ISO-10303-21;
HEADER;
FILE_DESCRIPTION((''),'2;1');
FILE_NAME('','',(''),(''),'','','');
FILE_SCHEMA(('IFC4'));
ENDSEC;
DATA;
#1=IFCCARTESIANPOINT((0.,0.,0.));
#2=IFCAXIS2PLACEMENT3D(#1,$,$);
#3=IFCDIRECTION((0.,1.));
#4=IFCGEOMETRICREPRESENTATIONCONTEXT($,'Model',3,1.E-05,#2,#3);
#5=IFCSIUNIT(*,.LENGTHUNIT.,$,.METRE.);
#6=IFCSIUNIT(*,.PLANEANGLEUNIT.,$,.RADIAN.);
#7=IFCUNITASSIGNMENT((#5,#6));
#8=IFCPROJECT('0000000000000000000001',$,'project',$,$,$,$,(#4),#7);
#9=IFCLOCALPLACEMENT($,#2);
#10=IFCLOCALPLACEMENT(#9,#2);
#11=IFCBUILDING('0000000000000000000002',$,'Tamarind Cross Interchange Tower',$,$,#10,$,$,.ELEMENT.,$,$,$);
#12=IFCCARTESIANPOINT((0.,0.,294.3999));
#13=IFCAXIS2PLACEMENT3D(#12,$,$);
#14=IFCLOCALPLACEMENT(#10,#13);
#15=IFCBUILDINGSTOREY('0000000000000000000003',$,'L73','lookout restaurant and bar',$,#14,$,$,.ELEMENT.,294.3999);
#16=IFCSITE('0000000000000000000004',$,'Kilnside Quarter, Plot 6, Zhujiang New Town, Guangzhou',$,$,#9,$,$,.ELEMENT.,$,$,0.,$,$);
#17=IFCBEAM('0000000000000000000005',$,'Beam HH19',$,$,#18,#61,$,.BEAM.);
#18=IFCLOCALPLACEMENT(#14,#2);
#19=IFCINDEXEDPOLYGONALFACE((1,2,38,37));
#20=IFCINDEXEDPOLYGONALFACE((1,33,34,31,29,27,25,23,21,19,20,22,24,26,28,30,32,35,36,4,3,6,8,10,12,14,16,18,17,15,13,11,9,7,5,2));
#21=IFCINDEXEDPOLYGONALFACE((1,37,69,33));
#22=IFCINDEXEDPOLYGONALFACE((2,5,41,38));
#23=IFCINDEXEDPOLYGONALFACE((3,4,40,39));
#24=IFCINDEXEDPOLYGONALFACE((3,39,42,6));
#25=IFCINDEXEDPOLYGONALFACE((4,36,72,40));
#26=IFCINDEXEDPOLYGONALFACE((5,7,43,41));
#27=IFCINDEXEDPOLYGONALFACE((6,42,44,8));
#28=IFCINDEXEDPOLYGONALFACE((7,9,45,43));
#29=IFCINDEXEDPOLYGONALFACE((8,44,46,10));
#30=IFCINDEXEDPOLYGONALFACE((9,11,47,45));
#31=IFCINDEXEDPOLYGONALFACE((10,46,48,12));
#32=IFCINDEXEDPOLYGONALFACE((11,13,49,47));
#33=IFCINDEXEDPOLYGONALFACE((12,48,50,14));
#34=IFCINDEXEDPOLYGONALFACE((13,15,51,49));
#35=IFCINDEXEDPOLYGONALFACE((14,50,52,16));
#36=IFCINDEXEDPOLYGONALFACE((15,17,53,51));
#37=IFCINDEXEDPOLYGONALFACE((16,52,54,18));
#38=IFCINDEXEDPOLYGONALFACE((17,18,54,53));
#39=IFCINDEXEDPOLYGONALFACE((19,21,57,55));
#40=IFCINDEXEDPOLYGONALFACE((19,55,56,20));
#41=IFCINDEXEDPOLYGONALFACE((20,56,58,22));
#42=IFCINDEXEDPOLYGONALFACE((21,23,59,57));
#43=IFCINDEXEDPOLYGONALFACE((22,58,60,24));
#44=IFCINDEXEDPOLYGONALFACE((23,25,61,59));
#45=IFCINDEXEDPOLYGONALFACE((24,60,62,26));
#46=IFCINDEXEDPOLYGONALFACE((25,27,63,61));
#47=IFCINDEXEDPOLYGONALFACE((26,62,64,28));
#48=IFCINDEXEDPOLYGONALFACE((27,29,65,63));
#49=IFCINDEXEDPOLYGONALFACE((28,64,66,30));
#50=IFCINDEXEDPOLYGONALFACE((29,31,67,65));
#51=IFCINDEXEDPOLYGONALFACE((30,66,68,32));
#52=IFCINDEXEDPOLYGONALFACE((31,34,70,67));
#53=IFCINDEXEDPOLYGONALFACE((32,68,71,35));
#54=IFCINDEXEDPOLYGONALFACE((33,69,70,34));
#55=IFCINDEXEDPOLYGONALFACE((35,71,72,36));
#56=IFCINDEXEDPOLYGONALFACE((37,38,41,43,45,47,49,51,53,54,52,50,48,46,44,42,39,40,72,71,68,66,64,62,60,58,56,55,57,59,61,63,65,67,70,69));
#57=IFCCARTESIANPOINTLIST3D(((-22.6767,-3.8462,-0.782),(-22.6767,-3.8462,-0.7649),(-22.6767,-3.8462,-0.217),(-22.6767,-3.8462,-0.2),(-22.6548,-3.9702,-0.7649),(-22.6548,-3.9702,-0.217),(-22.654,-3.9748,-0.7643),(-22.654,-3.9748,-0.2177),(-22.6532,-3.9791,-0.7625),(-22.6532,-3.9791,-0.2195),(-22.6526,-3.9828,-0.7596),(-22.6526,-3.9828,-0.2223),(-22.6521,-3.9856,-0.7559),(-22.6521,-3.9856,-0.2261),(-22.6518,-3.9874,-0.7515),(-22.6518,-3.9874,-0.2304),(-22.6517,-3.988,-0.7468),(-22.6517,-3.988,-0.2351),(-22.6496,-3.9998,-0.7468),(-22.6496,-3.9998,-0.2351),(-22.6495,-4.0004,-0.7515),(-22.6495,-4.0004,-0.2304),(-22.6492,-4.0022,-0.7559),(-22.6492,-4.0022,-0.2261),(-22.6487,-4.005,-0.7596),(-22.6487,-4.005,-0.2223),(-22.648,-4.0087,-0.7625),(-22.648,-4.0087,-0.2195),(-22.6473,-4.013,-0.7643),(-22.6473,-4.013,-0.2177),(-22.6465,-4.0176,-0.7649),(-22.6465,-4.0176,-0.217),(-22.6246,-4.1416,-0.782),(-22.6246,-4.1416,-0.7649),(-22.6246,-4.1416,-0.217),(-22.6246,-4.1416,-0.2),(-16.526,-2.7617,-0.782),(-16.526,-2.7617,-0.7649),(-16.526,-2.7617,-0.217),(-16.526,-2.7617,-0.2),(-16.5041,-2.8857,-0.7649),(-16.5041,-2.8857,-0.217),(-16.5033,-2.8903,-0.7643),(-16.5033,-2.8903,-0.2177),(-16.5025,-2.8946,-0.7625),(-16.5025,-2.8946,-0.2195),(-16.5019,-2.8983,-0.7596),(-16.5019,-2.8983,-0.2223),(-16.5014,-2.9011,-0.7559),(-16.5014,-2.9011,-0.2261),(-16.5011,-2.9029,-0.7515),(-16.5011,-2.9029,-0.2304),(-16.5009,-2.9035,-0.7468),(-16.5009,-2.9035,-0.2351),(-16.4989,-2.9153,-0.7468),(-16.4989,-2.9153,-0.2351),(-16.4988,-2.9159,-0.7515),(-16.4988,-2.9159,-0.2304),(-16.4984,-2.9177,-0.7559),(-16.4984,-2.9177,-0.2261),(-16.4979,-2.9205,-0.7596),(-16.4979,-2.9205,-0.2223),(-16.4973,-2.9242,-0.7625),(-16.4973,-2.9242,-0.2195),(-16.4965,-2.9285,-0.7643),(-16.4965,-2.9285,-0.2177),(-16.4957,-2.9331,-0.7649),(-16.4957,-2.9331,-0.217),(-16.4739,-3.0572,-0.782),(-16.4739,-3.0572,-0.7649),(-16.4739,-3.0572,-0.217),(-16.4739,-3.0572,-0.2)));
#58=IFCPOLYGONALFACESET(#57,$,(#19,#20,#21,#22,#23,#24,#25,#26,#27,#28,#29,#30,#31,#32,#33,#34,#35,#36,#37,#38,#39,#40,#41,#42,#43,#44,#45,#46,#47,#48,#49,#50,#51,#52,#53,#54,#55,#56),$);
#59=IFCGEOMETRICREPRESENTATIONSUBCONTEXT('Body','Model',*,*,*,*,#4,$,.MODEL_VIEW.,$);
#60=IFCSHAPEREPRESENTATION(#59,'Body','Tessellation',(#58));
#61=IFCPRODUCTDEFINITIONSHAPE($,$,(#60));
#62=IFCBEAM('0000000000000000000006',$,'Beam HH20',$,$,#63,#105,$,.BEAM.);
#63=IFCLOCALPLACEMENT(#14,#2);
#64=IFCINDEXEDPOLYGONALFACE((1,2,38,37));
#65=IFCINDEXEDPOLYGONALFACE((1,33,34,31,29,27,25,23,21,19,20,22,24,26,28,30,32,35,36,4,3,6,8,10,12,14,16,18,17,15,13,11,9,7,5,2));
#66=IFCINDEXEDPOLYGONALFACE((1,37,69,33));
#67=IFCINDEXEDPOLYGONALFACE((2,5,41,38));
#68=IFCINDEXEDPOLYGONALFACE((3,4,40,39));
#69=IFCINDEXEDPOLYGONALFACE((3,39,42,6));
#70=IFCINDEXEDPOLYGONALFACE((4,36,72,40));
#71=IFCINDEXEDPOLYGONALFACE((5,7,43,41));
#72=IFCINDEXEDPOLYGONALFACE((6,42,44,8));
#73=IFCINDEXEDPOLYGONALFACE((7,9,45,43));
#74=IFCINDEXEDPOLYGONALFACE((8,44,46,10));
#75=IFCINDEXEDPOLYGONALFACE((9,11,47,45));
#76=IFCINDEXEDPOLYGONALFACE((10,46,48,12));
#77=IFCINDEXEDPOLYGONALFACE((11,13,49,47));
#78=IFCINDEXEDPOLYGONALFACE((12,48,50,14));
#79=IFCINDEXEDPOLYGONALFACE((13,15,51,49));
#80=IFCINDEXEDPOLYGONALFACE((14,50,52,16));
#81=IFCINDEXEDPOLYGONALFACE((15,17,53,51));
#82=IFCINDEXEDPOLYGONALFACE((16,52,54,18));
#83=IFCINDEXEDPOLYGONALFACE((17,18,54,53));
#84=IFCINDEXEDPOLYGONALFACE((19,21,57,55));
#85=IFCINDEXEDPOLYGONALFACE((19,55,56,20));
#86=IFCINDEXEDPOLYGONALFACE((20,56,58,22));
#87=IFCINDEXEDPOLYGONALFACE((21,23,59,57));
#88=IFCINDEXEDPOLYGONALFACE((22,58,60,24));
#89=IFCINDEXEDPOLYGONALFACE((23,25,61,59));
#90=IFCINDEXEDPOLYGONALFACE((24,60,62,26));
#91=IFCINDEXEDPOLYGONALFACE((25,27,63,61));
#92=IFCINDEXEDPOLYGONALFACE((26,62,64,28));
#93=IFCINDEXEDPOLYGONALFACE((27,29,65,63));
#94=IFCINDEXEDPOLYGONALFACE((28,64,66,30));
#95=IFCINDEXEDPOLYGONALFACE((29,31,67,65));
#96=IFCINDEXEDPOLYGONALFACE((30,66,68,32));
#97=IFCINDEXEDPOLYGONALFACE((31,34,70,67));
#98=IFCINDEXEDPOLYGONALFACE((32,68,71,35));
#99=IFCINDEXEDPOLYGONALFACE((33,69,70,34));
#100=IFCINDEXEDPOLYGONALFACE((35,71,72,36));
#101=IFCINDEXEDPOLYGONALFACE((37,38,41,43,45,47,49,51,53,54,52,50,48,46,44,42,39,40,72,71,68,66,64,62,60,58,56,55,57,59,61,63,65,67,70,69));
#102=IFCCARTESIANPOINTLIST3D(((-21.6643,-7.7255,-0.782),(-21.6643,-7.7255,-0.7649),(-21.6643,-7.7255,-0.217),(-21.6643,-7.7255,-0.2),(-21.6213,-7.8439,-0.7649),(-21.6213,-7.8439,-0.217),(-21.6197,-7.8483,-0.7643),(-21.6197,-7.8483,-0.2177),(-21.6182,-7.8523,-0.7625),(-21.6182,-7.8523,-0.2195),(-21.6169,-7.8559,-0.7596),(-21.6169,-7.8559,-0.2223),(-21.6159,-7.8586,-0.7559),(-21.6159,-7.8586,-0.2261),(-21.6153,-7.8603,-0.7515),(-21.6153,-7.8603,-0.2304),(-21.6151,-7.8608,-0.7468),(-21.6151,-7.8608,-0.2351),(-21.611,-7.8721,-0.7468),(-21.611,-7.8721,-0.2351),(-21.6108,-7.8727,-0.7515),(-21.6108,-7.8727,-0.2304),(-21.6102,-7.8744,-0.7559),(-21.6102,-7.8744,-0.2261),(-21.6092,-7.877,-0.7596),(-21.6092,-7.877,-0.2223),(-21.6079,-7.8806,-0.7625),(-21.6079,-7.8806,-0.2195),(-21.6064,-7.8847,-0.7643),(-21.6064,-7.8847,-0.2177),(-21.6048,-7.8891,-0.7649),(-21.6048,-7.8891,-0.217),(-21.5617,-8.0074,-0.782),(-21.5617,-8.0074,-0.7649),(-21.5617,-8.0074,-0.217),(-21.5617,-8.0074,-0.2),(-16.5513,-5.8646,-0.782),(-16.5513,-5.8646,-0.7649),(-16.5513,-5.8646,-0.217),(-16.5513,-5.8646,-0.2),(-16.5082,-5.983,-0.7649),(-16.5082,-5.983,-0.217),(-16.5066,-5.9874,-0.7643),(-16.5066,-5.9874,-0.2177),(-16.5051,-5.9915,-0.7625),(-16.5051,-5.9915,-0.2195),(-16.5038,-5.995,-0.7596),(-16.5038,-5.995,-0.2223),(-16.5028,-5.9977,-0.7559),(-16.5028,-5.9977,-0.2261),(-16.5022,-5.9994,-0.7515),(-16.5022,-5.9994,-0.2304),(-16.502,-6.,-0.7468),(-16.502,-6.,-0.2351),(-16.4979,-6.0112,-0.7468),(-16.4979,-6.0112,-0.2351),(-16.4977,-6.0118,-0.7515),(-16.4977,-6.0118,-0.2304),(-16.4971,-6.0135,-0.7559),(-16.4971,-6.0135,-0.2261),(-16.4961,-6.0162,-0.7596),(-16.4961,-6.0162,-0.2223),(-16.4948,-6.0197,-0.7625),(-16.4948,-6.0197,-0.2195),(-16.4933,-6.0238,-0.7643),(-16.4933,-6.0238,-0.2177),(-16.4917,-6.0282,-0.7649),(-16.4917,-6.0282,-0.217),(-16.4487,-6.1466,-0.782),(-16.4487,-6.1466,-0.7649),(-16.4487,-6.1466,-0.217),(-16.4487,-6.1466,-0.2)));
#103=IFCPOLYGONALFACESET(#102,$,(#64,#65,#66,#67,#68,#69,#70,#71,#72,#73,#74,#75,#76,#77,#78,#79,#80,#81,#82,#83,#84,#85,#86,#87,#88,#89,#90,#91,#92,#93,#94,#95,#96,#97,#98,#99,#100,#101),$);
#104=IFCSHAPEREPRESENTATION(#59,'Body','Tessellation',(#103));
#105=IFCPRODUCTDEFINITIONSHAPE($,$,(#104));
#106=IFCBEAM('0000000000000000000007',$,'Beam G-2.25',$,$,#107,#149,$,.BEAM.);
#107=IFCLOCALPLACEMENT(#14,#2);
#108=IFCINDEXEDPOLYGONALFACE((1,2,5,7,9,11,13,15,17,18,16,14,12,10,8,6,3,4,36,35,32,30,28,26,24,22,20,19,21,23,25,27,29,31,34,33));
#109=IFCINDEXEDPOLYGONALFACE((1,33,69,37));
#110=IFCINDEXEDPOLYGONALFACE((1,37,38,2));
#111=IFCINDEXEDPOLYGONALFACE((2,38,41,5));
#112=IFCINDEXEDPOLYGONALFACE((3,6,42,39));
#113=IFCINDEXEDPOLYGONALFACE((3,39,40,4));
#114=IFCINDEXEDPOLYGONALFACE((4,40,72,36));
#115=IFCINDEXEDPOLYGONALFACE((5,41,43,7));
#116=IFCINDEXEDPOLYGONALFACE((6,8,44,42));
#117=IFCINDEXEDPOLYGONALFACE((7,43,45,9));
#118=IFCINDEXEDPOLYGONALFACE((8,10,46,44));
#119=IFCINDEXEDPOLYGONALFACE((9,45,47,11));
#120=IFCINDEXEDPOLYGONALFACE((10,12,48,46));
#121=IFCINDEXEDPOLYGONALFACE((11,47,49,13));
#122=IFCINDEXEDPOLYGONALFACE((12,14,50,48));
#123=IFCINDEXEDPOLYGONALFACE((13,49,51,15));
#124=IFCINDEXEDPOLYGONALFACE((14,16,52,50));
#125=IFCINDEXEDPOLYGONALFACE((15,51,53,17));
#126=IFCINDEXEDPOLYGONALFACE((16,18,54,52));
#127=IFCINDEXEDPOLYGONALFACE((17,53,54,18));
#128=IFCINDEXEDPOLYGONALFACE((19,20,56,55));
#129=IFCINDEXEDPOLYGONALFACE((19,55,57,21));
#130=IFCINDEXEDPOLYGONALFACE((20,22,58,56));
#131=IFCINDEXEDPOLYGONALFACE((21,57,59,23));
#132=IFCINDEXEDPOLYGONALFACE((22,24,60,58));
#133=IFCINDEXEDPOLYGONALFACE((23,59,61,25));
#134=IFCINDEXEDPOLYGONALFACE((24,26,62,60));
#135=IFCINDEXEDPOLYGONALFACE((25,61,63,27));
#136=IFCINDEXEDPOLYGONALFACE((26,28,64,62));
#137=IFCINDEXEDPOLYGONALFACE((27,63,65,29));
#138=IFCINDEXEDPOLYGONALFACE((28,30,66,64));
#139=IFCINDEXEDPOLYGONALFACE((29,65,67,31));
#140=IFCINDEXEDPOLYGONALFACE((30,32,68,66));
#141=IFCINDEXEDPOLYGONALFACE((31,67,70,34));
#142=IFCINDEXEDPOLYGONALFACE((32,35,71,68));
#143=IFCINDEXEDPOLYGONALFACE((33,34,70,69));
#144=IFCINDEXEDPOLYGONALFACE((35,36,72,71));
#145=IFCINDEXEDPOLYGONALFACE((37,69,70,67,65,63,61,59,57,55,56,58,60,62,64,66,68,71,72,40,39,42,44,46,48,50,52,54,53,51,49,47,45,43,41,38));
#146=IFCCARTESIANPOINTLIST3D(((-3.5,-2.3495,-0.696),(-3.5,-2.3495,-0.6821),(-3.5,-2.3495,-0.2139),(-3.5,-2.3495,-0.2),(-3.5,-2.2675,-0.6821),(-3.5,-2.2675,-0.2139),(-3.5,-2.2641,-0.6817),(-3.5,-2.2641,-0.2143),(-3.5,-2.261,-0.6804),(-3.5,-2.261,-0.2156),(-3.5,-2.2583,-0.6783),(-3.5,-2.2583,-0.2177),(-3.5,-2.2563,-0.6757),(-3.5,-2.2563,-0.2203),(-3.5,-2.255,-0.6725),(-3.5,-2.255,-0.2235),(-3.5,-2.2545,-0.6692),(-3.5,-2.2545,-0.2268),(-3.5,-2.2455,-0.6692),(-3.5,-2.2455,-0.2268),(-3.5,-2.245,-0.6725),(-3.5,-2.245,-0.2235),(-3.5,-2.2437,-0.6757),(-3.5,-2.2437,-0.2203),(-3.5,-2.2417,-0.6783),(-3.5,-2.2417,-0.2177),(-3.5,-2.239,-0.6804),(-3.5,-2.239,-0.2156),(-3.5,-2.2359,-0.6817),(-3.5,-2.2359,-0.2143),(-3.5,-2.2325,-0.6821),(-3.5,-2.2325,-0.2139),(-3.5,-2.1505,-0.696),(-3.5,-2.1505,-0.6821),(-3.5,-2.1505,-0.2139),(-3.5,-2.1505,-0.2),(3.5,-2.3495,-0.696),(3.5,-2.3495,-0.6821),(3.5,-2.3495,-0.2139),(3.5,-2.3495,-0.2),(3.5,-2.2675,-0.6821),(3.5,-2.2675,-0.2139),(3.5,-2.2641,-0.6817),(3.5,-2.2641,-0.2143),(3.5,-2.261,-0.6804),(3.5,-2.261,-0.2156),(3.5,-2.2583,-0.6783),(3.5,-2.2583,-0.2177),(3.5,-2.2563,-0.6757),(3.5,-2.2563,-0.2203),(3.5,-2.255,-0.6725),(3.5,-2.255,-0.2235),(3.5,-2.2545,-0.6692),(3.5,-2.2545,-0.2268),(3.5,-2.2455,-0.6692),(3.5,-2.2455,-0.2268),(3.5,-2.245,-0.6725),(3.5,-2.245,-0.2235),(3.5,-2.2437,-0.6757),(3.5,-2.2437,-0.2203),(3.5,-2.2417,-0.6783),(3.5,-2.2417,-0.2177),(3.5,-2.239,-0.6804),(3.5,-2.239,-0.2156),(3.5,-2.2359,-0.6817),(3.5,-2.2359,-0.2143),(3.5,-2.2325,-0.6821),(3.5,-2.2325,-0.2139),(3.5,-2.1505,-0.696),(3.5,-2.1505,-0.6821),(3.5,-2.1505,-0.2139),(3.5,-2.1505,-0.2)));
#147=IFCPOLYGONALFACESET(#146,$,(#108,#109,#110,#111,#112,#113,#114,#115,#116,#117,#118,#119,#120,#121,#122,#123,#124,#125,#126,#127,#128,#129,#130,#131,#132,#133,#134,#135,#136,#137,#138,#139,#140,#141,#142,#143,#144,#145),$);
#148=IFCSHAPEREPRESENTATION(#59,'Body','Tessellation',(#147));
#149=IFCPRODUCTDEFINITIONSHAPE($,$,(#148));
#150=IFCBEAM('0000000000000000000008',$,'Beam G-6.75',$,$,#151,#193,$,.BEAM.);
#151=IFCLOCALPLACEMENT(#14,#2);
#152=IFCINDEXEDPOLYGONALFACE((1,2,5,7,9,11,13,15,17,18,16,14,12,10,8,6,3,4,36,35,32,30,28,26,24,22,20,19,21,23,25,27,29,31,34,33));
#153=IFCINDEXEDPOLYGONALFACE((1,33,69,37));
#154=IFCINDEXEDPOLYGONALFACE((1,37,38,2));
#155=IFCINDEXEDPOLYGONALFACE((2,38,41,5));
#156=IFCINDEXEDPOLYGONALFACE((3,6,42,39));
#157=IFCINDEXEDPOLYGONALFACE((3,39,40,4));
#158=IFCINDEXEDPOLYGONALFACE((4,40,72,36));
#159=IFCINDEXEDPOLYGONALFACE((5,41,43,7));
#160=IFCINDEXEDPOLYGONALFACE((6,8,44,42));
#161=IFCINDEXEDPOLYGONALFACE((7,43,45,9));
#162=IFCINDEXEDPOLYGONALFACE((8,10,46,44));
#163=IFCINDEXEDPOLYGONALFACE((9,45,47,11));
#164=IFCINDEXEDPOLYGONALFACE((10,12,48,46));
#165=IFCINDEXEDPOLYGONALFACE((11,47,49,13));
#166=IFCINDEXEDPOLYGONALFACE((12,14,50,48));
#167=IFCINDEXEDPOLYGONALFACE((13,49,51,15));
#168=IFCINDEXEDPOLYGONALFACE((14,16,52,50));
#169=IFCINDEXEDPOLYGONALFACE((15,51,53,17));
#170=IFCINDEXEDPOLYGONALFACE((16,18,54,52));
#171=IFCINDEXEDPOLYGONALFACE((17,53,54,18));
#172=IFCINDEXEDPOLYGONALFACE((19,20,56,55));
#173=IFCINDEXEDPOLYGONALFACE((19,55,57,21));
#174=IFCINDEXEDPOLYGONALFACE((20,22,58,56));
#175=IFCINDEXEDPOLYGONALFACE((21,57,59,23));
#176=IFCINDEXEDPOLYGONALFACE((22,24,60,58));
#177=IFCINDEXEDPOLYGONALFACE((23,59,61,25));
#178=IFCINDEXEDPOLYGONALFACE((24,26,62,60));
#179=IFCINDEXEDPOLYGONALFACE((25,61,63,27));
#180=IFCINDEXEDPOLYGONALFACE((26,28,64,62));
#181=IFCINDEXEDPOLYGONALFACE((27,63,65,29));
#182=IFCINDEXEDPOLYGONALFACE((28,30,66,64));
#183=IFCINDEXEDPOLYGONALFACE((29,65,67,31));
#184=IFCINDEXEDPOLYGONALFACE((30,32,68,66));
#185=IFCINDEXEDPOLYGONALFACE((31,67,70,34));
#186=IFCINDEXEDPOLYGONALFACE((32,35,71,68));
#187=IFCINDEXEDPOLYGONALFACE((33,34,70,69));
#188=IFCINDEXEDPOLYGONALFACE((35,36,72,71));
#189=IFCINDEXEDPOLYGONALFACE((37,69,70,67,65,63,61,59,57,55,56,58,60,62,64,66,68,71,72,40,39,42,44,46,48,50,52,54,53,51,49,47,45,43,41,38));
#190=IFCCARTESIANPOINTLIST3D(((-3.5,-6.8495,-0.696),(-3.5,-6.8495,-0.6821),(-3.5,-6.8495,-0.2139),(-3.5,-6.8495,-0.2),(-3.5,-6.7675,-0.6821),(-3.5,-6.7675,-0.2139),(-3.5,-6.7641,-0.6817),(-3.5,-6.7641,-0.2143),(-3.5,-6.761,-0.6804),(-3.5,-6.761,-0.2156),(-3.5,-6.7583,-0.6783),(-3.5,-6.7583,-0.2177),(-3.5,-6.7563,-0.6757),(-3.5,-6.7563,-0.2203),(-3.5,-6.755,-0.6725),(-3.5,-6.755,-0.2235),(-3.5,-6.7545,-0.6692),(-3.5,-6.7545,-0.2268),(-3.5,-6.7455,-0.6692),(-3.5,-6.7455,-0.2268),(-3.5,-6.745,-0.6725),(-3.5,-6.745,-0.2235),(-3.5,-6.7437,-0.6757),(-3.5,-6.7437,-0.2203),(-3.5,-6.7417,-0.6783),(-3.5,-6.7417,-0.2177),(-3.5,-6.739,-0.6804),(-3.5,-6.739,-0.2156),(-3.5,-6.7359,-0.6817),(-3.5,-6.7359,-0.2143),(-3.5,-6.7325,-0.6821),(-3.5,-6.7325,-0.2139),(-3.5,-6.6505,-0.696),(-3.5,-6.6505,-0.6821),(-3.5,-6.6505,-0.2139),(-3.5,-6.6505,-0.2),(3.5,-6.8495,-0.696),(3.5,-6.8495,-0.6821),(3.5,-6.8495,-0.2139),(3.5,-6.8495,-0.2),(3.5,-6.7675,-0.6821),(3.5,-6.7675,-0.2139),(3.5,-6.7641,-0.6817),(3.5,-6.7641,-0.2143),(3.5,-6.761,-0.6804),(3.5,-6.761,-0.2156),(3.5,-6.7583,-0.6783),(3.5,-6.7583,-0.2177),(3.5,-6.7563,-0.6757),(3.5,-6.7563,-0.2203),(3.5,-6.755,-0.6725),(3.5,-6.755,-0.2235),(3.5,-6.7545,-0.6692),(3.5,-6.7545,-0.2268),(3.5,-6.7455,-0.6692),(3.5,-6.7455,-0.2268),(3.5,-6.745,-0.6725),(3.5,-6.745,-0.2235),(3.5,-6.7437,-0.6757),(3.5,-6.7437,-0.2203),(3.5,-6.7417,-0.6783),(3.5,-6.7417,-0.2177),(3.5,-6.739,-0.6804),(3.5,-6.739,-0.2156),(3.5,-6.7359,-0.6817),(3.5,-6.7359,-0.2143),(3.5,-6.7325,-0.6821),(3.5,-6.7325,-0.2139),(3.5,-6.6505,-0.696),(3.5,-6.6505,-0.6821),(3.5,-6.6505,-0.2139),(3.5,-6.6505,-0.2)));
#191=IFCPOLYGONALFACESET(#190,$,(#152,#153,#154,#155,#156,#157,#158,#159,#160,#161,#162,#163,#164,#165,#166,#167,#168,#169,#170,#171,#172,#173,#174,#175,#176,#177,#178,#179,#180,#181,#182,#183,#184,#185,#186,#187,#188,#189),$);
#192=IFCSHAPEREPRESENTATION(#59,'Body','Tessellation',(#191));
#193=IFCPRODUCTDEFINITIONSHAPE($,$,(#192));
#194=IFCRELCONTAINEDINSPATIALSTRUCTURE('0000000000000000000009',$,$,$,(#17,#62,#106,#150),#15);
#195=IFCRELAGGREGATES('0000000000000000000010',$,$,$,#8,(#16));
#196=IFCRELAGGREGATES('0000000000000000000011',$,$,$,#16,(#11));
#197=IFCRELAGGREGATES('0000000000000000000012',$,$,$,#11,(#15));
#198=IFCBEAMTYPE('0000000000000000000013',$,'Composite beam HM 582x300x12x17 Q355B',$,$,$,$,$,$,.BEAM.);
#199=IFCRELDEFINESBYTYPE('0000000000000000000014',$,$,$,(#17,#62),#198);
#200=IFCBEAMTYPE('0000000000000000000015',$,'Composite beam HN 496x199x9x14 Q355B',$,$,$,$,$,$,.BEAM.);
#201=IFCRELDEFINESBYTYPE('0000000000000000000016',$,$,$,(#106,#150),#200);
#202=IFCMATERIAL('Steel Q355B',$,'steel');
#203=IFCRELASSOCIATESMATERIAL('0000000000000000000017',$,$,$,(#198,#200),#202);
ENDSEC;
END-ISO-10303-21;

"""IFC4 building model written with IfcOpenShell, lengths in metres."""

from ifc_helpers import new_model, si_unit, direction, frame, origin, origin_2d, place, context, subcontext, project, spatial, i_section, extrude, material, material_profile, profile_set, type_object, element, save


model = new_model("IFC4")

# Units and contexts
model_context = context("Model", 3, precision=1e-05, world=origin(), true_north=direction((0.0, 1.0)))
body_context = subcontext(model_context, "Body", "Model", "MODEL_VIEW")
ifc_project = project(units=[si_unit("LENGTHUNIT", "METRE"), si_unit("PLANEANGLEUNIT", "RADIAN")], contexts=[model_context])

# Site, building, storey
site_placement = place(None, origin())
site = spatial("IfcSite", under=ifc_project, at=site_placement, Name="Kilnside Quarter, Plot 6, Zhujiang New Town, Guangzhou", CompositionType="ELEMENT", RefElevation=0.0)
building_placement = place(site_placement, origin())
building = spatial("IfcBuilding", under=site, at=building_placement, Name="Tamarind Cross Interchange Tower", CompositionType="ELEMENT")
storey_placement = place(building_placement, frame((0.0, 0.0, 294.3999)))
storey = spatial("IfcBuildingStorey", under=building, at=storey_placement, Name="L73", Description="lookout restaurant and bar", CompositionType="ELEMENT", Elevation=294.3999)

# Beams
ifc_material_1 = material(Name="Steel Q355B", Category="steel")
ifc_material_profile_1 = material_profile(ifc_material_1, i_section(OverallWidth=0.3, OverallDepth=0.582, WebThickness=0.012, FlangeThickness=0.0171, FilletRadius=0.0181, at=origin_2d()), Name="HM 582x300x12x17")
ifc_profile_set_1 = profile_set([ifc_material_profile_1], Name="Steel Q355B")
beam_type_1 = type_object("IfcBeamType", Name="Composite beam HM 582x300x12x17 Q355B", PredefinedType="BEAM", material=ifc_profile_set_1)
beam_1_placement = place(storey_placement, frame((-22.6506, -3.9939, -0.491), z_axis=(0.984809, 0.17364, 0.0), x_axis=(-0.17364, 0.984809, 0.0)))
element("IfcBeam", 1, at=beam_1_placement, inside=storey, type_object=beam_type_1, Name="Beam HH19", PredefinedType="BEAM", context=body_context, shape_type="SweptSolid", body=[
    extrude(i_section(OverallWidth=0.3, OverallDepth=0.582, WebThickness=0.012, FlangeThickness=0.0171, FilletRadius=0.0181, at=origin_2d()), origin(), (0.0, 0.0, 1.0), 6.2456),
])
beam_2_placement = place(storey_placement, frame((-21.613, -7.8665, -0.491), z_axis=(0.939702, 0.341995, 0.0), x_axis=(-0.341995, 0.939702, 0.0)))
element("IfcBeam", 2, at=beam_2_placement, inside=storey, type_object=beam_type_1, Name="Beam HH20", PredefinedType="BEAM", context=body_context, shape_type="SweptSolid", body=[
    extrude(i_section(OverallWidth=0.3, OverallDepth=0.582, WebThickness=0.012, FlangeThickness=0.0171, FilletRadius=0.0181, at=origin_2d()), origin(), (0.0, 0.0, 1.0), 5.4412),
])
ifc_material_profile_2 = material_profile(ifc_material_1, i_section(OverallWidth=0.199, OverallDepth=0.4961, WebThickness=0.009, FlangeThickness=0.0139, FilletRadius=0.0129, at=origin_2d()), Name="HN 496x199x9x14")
ifc_profile_set_2 = profile_set([ifc_material_profile_2], Name="Steel Q355B")
beam_type_2 = type_object("IfcBeamType", Name="Composite beam HN 496x199x9x14 Q355B", PredefinedType="BEAM", material=ifc_profile_set_2)
for number, where, z_axis, x_axis, name in (
    (3, (-3.5, -2.25, -0.448), (1.0, 0.0, 0.0), (0.0, 1.0, 0.0), "Beam G-2.25"),
    (4, (-3.5, -6.75, -0.448), (1.0, 0.0, 0.0), (0.0, 1.0, 0.0), "Beam G-6.75"),
):
    element("IfcBeam", number, at=place(storey_placement, frame(where, z_axis=z_axis, x_axis=x_axis)), inside=storey, type_object=beam_type_2, Name=name, PredefinedType="BEAM", context=body_context, shape_type="SweptSolid", body=[
        extrude(i_section(OverallWidth=0.199, OverallDepth=0.4961, WebThickness=0.009, FlangeThickness=0.0139, FilletRadius=0.0129, at=origin_2d()), origin(), (0.0, 0.0, 1.0), 7.0),
    ])

save(model, "model.ifc")
